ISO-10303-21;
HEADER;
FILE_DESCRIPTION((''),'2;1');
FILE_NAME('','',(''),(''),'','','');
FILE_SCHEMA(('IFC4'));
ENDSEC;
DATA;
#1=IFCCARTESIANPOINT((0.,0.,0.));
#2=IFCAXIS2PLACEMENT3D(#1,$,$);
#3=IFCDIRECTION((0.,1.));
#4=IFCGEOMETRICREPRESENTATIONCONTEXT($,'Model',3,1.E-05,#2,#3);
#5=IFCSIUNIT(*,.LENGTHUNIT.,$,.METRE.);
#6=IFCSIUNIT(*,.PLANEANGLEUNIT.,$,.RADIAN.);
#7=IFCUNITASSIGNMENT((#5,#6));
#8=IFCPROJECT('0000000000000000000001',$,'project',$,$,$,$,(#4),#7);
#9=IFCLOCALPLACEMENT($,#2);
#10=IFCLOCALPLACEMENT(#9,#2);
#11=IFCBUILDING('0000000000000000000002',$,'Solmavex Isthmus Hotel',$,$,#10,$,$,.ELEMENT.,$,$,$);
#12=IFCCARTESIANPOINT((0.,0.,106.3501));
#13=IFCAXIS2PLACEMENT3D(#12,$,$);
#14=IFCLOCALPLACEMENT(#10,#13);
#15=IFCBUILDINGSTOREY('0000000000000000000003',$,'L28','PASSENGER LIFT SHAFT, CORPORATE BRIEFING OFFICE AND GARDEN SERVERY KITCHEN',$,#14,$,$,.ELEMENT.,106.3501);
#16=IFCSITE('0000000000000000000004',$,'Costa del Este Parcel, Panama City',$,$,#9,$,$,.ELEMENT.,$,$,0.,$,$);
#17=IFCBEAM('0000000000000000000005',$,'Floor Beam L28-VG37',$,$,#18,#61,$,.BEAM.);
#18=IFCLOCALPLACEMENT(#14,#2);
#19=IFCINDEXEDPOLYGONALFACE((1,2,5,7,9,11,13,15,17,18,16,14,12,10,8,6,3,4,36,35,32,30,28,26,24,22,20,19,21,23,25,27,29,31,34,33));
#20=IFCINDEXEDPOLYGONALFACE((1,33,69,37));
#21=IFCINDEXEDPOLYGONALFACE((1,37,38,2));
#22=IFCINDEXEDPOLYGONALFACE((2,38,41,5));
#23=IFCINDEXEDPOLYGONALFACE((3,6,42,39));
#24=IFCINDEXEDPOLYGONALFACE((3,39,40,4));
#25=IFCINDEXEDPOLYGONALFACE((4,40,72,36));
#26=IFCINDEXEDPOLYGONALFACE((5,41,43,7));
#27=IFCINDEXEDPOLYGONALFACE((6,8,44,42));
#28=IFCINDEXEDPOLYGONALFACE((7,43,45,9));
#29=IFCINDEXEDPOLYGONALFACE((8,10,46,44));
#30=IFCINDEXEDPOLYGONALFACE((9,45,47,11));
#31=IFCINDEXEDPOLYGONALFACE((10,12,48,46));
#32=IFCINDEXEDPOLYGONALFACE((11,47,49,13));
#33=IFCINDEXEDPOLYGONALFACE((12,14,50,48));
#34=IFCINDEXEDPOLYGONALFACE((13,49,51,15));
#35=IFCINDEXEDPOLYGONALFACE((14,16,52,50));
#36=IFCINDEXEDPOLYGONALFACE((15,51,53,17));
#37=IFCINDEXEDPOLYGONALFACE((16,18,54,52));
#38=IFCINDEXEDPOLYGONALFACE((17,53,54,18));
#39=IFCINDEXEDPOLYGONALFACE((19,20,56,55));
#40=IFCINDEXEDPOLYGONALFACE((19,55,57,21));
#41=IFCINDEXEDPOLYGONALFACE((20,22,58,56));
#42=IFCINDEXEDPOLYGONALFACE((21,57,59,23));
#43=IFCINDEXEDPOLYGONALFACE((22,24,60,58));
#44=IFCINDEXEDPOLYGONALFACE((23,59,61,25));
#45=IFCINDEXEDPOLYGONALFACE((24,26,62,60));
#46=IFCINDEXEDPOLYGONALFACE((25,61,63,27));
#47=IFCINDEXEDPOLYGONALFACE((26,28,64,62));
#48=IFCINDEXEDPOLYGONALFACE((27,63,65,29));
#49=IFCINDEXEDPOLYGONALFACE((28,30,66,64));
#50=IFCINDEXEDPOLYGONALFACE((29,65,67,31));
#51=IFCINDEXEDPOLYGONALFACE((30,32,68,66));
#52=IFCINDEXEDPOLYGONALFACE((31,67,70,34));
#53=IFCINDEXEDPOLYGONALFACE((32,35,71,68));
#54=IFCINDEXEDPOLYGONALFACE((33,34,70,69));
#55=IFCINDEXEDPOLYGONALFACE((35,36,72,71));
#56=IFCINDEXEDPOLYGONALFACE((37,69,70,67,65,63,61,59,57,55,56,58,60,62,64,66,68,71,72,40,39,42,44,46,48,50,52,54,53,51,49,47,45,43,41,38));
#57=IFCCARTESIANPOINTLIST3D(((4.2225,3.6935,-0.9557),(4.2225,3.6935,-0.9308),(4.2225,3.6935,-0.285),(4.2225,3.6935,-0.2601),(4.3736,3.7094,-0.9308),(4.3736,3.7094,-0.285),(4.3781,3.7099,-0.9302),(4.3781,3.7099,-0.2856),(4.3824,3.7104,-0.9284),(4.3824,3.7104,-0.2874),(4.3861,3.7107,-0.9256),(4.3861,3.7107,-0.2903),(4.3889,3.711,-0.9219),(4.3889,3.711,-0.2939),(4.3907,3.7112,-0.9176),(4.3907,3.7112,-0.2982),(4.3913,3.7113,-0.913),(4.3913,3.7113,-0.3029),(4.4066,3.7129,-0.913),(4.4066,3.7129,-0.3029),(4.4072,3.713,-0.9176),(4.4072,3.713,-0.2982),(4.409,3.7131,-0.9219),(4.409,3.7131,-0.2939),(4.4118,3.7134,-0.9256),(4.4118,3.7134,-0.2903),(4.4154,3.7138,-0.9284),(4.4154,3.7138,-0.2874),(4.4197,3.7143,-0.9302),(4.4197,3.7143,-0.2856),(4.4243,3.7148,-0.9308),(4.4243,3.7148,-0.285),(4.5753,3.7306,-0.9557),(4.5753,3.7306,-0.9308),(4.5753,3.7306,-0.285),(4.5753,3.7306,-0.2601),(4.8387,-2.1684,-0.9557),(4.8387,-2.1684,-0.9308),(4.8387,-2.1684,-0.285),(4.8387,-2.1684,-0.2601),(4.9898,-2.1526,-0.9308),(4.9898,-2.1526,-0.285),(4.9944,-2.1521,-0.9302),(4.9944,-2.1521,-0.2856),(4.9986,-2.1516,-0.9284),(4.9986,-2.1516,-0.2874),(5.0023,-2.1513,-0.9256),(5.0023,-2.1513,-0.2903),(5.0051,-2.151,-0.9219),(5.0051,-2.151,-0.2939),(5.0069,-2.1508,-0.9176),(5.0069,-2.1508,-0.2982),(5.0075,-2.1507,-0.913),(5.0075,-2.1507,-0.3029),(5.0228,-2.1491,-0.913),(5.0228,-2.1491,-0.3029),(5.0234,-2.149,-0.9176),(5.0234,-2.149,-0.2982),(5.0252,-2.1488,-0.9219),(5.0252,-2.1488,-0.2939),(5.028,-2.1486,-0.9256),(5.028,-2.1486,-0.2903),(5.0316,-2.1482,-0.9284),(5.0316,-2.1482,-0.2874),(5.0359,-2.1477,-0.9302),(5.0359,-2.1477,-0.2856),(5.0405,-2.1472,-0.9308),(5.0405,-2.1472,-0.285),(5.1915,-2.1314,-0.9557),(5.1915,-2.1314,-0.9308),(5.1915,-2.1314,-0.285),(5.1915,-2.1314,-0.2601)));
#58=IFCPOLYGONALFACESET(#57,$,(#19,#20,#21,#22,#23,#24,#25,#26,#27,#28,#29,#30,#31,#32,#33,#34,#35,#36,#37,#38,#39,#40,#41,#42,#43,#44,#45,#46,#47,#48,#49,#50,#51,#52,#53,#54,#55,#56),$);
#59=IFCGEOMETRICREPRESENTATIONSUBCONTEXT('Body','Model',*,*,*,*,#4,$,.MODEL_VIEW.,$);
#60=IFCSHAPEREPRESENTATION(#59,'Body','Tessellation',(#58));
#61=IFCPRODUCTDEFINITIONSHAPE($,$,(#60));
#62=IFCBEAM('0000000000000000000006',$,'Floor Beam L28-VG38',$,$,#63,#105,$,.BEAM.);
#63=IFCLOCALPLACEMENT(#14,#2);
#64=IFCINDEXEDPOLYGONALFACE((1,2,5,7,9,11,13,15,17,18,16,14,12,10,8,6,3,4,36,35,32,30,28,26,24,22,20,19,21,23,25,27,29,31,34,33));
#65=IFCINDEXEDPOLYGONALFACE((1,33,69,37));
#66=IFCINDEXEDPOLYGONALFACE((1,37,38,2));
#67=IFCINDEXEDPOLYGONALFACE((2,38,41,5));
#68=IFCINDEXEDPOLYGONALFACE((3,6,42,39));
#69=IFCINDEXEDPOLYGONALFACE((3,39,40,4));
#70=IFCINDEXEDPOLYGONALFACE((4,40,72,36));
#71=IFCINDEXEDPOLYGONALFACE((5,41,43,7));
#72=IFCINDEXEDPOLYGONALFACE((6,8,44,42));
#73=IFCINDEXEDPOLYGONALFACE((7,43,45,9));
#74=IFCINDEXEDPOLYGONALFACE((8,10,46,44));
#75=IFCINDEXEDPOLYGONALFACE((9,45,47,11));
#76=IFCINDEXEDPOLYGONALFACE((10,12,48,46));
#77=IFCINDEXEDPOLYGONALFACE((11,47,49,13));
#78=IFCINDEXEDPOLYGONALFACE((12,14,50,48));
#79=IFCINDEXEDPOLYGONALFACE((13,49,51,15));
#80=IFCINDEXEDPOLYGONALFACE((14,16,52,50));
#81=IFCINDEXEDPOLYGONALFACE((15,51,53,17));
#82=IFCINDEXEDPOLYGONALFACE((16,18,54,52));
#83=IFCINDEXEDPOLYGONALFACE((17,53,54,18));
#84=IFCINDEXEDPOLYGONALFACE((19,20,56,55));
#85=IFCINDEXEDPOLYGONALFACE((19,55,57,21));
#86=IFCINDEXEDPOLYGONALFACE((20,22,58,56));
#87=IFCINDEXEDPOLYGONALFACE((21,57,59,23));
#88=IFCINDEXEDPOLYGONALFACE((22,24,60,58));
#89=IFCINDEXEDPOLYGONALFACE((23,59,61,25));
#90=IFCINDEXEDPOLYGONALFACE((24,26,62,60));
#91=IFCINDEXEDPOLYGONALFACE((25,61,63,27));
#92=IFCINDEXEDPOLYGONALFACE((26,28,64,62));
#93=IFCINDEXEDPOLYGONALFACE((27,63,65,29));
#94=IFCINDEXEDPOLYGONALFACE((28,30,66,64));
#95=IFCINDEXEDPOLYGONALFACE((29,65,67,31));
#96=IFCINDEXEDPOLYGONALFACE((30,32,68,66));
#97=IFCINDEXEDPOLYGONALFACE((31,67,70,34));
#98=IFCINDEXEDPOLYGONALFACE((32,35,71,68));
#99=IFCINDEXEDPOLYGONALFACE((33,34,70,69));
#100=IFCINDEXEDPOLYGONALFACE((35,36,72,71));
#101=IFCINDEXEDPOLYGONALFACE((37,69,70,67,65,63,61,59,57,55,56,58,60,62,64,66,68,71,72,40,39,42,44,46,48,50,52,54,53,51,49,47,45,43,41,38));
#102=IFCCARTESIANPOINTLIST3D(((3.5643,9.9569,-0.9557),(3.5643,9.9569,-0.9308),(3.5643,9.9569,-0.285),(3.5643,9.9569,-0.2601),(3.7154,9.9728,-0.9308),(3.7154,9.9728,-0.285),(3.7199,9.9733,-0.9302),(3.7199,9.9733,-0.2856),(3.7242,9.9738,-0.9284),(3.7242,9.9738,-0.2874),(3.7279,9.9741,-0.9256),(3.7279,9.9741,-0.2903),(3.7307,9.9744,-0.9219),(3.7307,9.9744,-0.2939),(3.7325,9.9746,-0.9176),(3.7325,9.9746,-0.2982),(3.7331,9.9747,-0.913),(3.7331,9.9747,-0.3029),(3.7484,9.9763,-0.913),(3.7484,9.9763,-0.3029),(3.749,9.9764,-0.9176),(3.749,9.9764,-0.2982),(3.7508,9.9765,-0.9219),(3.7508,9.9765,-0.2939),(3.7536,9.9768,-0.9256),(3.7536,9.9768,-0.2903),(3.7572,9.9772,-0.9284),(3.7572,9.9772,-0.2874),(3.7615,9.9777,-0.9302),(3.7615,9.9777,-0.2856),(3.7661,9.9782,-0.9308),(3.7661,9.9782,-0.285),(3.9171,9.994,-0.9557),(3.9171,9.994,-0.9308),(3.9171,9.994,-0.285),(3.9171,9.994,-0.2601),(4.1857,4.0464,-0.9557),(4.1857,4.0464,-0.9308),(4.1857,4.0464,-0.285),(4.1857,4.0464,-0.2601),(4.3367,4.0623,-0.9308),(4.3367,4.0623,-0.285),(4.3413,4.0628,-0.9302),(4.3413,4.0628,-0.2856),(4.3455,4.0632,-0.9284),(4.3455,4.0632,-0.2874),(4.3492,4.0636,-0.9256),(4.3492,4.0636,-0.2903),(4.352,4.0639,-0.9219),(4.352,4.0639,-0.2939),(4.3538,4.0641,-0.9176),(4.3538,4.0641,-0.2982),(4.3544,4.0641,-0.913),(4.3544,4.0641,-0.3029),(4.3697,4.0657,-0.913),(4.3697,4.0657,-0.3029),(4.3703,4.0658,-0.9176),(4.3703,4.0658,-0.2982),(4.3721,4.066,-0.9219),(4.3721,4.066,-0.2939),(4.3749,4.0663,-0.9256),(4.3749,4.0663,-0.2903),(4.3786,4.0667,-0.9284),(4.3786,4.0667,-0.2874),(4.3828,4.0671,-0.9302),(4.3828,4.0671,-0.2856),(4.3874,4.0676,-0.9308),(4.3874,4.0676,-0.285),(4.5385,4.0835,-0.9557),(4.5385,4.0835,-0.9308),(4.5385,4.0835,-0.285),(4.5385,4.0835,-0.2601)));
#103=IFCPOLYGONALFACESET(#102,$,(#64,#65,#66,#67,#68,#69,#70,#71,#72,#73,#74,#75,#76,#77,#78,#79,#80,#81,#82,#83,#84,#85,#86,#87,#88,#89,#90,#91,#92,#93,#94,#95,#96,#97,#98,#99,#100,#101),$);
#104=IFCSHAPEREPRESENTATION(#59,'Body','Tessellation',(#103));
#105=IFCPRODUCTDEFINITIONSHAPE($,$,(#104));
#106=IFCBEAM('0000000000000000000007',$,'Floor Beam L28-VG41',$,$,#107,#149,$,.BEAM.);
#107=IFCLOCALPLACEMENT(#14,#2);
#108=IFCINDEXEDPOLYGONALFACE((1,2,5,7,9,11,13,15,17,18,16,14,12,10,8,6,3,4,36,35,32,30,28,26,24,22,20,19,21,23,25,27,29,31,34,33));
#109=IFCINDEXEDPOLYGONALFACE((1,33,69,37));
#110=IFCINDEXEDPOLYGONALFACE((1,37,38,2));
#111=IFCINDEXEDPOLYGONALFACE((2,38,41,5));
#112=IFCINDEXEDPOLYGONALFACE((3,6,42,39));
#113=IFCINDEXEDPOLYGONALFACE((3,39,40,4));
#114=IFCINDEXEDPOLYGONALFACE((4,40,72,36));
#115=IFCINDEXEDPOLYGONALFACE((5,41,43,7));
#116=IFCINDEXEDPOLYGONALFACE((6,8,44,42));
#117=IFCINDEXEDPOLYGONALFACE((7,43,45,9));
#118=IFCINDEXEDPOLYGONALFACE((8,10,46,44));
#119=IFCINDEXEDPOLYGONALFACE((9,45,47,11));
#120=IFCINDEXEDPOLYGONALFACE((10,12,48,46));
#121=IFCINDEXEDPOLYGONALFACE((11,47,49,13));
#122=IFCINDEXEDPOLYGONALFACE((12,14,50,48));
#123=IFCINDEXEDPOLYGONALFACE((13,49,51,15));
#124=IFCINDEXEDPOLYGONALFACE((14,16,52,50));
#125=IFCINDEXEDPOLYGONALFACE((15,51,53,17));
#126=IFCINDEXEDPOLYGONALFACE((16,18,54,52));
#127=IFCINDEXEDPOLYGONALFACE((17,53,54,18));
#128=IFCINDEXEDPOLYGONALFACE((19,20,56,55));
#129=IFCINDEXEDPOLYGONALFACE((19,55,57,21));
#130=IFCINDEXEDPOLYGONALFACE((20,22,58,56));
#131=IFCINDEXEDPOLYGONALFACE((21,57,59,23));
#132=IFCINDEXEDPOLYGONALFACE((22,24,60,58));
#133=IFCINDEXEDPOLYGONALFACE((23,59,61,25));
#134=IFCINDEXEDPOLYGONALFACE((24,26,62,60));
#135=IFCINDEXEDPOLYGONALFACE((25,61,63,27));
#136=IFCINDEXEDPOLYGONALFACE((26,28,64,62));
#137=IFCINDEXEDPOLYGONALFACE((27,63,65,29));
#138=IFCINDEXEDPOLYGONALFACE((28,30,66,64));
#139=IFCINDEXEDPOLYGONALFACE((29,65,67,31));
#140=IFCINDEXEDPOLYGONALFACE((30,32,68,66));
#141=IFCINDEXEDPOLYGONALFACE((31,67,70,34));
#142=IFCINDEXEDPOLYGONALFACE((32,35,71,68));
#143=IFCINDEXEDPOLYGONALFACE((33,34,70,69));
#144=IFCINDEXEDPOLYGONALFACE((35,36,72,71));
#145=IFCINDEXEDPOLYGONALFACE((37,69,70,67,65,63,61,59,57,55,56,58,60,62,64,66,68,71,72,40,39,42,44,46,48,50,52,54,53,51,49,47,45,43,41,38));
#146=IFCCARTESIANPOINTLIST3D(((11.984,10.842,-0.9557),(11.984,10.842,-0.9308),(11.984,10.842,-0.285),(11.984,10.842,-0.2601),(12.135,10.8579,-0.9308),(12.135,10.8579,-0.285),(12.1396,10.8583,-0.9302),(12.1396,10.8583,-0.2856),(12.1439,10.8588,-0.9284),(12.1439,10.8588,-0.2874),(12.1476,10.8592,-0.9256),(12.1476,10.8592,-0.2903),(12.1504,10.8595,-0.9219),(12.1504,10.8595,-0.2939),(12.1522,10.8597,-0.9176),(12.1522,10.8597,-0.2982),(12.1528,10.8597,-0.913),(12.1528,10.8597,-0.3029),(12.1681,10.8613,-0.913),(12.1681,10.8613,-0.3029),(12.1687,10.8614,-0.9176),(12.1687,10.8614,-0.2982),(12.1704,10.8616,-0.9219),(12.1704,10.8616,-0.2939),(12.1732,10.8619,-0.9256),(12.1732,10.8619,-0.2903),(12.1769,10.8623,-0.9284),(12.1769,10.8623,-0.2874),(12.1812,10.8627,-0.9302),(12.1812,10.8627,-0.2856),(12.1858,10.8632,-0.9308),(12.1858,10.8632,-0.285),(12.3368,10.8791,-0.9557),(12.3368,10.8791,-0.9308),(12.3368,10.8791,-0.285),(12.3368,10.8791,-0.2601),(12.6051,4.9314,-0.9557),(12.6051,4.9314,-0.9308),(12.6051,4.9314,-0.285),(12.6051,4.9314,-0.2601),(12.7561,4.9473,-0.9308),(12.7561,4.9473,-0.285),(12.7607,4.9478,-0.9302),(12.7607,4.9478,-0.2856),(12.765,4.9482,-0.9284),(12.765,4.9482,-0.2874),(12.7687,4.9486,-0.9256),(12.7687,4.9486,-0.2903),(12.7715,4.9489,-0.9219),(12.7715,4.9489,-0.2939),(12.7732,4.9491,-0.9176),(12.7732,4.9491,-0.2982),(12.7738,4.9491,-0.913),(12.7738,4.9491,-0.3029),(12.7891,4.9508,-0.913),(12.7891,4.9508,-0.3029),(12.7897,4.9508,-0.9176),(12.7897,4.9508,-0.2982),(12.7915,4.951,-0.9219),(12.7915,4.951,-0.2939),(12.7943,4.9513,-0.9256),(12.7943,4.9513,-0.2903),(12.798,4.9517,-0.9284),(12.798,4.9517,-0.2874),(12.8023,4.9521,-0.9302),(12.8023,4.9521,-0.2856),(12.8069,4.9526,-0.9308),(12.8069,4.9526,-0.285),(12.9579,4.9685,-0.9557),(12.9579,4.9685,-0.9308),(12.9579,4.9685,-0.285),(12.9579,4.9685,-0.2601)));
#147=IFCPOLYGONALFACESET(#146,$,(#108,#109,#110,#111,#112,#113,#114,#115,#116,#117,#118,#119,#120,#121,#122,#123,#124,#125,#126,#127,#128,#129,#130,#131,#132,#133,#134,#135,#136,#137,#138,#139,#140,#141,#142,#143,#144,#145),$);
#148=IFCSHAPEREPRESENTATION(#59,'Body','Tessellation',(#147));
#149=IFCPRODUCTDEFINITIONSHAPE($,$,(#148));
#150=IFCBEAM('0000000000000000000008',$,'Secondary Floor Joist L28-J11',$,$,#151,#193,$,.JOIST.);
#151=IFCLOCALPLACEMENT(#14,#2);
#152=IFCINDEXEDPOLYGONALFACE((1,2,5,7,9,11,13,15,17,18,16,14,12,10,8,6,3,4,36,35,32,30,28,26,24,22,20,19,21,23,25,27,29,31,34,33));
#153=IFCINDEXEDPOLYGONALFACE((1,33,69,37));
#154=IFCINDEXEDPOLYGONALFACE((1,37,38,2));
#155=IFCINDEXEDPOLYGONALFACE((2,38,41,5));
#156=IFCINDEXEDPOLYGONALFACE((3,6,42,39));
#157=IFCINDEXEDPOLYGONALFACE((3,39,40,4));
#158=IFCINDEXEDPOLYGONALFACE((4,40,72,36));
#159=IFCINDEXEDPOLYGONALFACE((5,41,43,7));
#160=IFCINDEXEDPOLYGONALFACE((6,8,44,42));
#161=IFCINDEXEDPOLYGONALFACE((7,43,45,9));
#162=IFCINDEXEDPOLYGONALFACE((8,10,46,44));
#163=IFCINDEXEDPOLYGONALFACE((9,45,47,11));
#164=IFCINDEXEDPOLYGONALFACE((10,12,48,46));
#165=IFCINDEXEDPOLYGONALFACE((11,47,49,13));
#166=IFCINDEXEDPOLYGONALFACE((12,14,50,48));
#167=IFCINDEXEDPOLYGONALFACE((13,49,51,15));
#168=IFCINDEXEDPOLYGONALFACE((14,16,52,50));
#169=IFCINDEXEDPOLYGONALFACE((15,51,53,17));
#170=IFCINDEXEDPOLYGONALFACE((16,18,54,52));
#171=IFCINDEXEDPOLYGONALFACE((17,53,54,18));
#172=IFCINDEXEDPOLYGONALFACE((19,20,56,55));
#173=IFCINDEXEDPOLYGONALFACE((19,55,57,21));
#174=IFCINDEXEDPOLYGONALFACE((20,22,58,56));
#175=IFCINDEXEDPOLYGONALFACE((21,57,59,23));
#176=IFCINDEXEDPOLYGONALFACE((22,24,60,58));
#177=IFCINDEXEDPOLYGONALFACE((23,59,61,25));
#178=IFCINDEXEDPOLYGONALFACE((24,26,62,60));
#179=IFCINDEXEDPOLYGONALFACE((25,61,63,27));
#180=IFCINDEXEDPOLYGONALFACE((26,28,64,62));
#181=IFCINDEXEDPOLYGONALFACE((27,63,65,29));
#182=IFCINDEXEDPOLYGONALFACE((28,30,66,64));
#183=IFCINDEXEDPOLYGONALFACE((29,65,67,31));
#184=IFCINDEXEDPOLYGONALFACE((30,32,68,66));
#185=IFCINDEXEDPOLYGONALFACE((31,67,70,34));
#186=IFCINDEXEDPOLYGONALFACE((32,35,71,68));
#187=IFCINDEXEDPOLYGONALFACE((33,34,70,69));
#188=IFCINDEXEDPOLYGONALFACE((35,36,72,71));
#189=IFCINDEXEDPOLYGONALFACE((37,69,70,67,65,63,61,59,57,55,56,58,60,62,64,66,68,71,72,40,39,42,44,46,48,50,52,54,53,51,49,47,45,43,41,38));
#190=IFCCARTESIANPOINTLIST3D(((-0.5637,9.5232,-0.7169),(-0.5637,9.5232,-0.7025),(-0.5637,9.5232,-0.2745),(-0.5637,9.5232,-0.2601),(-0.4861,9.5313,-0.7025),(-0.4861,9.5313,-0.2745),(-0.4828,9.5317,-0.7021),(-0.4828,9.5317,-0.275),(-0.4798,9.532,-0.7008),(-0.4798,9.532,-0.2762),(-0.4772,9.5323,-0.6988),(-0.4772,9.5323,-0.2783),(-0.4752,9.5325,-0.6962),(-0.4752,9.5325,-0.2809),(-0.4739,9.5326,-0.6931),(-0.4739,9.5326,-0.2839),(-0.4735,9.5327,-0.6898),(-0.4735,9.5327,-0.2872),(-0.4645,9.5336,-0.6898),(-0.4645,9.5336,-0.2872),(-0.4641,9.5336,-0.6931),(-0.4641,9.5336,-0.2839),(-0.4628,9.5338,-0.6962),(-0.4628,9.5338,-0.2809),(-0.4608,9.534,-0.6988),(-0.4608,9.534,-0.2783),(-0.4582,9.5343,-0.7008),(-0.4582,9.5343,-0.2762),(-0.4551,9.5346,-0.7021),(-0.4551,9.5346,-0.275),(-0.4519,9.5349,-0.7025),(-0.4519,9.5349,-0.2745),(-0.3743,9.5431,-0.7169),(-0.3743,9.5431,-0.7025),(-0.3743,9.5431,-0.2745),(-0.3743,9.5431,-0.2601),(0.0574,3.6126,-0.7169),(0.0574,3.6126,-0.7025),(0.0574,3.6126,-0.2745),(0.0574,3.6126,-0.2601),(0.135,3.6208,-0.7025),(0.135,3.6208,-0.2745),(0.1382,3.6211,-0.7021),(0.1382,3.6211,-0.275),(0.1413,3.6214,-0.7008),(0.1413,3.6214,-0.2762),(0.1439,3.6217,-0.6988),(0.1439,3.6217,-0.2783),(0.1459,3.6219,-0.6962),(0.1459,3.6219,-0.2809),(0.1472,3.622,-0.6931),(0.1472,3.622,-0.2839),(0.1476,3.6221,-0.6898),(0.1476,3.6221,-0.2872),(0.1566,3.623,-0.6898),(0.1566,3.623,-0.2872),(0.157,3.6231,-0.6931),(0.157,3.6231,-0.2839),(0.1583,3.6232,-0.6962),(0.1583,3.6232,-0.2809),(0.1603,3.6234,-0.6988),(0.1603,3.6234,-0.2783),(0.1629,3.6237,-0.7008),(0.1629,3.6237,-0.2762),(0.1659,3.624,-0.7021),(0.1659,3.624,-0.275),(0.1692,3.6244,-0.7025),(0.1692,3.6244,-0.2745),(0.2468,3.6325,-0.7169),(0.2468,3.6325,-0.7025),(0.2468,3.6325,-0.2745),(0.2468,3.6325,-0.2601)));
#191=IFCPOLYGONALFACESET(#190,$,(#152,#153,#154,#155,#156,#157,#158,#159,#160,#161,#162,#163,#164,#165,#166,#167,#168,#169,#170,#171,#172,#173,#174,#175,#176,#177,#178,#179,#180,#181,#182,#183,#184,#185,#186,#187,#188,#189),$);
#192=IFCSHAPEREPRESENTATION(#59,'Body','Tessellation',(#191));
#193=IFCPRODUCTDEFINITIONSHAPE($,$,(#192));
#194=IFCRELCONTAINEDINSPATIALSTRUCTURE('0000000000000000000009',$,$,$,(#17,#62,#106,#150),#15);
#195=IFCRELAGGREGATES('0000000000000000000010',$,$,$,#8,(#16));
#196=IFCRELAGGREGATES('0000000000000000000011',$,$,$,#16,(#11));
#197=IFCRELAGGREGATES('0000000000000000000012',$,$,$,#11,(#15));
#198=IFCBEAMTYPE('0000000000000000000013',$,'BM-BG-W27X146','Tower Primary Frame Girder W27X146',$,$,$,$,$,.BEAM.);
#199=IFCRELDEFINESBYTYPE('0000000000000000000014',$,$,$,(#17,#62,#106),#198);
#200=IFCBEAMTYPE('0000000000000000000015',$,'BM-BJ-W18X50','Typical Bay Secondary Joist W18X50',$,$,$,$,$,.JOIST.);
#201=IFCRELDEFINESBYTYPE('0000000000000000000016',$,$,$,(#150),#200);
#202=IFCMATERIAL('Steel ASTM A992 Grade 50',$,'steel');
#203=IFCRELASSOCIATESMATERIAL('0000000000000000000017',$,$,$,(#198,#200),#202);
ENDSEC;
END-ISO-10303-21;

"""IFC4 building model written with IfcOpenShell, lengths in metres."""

from ifc_helpers import new_model, si_unit, direction, frame, origin, origin_2d, place, context, subcontext, project, spatial, i_section, extrude, material, material_profile, profile_set, type_object, element, save


model = new_model("IFC4")

# Units and contexts
model_context = context("Model", 3, precision=1e-05, world=origin(), true_north=direction((0.0, 1.0)))
body_context = subcontext(model_context, "Body", "Model", "MODEL_VIEW")
ifc_project = project(units=[si_unit("LENGTHUNIT", "METRE"), si_unit("PLANEANGLEUNIT", "RADIAN")], contexts=[model_context])

# Site, building, storey
site_placement = place(None, origin())
site = spatial("IfcSite", under=ifc_project, at=site_placement, Name="Costa del Este Parcel, Panama City", CompositionType="ELEMENT", RefElevation=0.0)
building_placement = place(site_placement, origin())
building = spatial("IfcBuilding", under=site, at=building_placement, Name="Solmavex Isthmus Hotel", CompositionType="ELEMENT")
storey_placement = place(building_placement, frame((0.0, 0.0, 106.3501)))
storey = spatial("IfcBuildingStorey", under=building, at=storey_placement, Name="L28", Description="PASSENGER LIFT SHAFT, CORPORATE BRIEFING OFFICE AND GARDEN SERVERY KITCHEN", CompositionType="ELEMENT", Elevation=106.3501)

# Beams
ifc_material_1 = material(Name="Steel ASTM A992 Grade 50", Category="steel")
ifc_material_profile_1 = material_profile(ifc_material_1, i_section(OverallWidth=0.3547, OverallDepth=0.6956, WebThickness=0.0154, FlangeThickness=0.0249, FilletRadius=0.0178, at=origin_2d()), Name="W27X146")
ifc_profile_set_1 = profile_set([ifc_material_profile_1], Name="Steel ASTM A992 Grade 50")
beam_type_1 = type_object("IfcBeamType", Name="BM-BG-W27X146", Description="Tower Primary Frame Girder W27X146", PredefinedType="BEAM", material=ifc_profile_set_1)
beam_1_placement = place(storey_placement, frame((5.0151, -2.1499, -0.6079), z_axis=(-0.104542, 0.99452, 0.0), x_axis=(-0.99452, -0.104542, 0.0)))
element("IfcBeam", 1, at=beam_1_placement, inside=storey, type_object=beam_type_1, Name="Floor Beam L28-VG37", PredefinedType="BEAM", context=body_context, shape_type="SweptSolid", body=[
    extrude(i_section(OverallWidth=0.3547, OverallDepth=0.6956, WebThickness=0.0154, FlangeThickness=0.0249, FilletRadius=0.0178, at=origin_2d()), origin(), (0.0, 0.0, 1.0), 5.8943),
])
for number, where, z_axis, x_axis, name in (
    (2, (4.3621, 4.0649, -0.6079), (-0.104546, 0.99452, 0.0), (-0.99452, -0.104546, 0.0), "Floor Beam L28-VG38"),
    (3, (12.7815, 4.95, -0.6079), (-0.104505, 0.994524, 0.0), (-0.994524, -0.104505, 0.0), "Floor Beam L28-VG41"),
):
    element("IfcBeam", number, at=place(storey_placement, frame(where, z_axis=z_axis, x_axis=x_axis)), inside=storey, type_object=beam_type_1, Name=name, PredefinedType="BEAM", context=body_context, shape_type="SweptSolid", body=[
        extrude(i_section(OverallWidth=0.3547, OverallDepth=0.6956, WebThickness=0.0154, FlangeThickness=0.0249, FilletRadius=0.0178, at=origin_2d()), origin(), (0.0, 0.0, 1.0), 5.9431),
    ])
ifc_material_profile_2 = material_profile(ifc_material_1, i_section(OverallWidth=0.1904, OverallDepth=0.4568, WebThickness=0.009, FlangeThickness=0.0144, FilletRadius=0.0127, at=origin_2d()), Name="W18X50")
ifc_profile_set_2 = profile_set([ifc_material_profile_2], Name="Steel ASTM A992 Grade 50")
beam_type_2 = type_object("IfcBeamType", Name="BM-BJ-W18X50", Description="Typical Bay Secondary Joist W18X50", PredefinedType="JOIST", material=ifc_profile_set_2)
beam_2_placement = place(storey_placement, frame((0.1521, 3.6226, -0.4885), z_axis=(-0.104505, 0.994524, 0.0), x_axis=(-0.994524, -0.104505, 0.0)))
element("IfcBeam", 4, at=beam_2_placement, inside=storey, type_object=beam_type_2, Name="Secondary Floor Joist L28-J11", PredefinedType="JOIST", context=body_context, shape_type="SweptSolid", body=[
    extrude(i_section(OverallWidth=0.1904, OverallDepth=0.4568, WebThickness=0.009, FlangeThickness=0.0144, FilletRadius=0.0127, at=origin_2d()), origin(), (0.0, 0.0, 1.0), 5.9431),
])

save(model, "model.ifc")
